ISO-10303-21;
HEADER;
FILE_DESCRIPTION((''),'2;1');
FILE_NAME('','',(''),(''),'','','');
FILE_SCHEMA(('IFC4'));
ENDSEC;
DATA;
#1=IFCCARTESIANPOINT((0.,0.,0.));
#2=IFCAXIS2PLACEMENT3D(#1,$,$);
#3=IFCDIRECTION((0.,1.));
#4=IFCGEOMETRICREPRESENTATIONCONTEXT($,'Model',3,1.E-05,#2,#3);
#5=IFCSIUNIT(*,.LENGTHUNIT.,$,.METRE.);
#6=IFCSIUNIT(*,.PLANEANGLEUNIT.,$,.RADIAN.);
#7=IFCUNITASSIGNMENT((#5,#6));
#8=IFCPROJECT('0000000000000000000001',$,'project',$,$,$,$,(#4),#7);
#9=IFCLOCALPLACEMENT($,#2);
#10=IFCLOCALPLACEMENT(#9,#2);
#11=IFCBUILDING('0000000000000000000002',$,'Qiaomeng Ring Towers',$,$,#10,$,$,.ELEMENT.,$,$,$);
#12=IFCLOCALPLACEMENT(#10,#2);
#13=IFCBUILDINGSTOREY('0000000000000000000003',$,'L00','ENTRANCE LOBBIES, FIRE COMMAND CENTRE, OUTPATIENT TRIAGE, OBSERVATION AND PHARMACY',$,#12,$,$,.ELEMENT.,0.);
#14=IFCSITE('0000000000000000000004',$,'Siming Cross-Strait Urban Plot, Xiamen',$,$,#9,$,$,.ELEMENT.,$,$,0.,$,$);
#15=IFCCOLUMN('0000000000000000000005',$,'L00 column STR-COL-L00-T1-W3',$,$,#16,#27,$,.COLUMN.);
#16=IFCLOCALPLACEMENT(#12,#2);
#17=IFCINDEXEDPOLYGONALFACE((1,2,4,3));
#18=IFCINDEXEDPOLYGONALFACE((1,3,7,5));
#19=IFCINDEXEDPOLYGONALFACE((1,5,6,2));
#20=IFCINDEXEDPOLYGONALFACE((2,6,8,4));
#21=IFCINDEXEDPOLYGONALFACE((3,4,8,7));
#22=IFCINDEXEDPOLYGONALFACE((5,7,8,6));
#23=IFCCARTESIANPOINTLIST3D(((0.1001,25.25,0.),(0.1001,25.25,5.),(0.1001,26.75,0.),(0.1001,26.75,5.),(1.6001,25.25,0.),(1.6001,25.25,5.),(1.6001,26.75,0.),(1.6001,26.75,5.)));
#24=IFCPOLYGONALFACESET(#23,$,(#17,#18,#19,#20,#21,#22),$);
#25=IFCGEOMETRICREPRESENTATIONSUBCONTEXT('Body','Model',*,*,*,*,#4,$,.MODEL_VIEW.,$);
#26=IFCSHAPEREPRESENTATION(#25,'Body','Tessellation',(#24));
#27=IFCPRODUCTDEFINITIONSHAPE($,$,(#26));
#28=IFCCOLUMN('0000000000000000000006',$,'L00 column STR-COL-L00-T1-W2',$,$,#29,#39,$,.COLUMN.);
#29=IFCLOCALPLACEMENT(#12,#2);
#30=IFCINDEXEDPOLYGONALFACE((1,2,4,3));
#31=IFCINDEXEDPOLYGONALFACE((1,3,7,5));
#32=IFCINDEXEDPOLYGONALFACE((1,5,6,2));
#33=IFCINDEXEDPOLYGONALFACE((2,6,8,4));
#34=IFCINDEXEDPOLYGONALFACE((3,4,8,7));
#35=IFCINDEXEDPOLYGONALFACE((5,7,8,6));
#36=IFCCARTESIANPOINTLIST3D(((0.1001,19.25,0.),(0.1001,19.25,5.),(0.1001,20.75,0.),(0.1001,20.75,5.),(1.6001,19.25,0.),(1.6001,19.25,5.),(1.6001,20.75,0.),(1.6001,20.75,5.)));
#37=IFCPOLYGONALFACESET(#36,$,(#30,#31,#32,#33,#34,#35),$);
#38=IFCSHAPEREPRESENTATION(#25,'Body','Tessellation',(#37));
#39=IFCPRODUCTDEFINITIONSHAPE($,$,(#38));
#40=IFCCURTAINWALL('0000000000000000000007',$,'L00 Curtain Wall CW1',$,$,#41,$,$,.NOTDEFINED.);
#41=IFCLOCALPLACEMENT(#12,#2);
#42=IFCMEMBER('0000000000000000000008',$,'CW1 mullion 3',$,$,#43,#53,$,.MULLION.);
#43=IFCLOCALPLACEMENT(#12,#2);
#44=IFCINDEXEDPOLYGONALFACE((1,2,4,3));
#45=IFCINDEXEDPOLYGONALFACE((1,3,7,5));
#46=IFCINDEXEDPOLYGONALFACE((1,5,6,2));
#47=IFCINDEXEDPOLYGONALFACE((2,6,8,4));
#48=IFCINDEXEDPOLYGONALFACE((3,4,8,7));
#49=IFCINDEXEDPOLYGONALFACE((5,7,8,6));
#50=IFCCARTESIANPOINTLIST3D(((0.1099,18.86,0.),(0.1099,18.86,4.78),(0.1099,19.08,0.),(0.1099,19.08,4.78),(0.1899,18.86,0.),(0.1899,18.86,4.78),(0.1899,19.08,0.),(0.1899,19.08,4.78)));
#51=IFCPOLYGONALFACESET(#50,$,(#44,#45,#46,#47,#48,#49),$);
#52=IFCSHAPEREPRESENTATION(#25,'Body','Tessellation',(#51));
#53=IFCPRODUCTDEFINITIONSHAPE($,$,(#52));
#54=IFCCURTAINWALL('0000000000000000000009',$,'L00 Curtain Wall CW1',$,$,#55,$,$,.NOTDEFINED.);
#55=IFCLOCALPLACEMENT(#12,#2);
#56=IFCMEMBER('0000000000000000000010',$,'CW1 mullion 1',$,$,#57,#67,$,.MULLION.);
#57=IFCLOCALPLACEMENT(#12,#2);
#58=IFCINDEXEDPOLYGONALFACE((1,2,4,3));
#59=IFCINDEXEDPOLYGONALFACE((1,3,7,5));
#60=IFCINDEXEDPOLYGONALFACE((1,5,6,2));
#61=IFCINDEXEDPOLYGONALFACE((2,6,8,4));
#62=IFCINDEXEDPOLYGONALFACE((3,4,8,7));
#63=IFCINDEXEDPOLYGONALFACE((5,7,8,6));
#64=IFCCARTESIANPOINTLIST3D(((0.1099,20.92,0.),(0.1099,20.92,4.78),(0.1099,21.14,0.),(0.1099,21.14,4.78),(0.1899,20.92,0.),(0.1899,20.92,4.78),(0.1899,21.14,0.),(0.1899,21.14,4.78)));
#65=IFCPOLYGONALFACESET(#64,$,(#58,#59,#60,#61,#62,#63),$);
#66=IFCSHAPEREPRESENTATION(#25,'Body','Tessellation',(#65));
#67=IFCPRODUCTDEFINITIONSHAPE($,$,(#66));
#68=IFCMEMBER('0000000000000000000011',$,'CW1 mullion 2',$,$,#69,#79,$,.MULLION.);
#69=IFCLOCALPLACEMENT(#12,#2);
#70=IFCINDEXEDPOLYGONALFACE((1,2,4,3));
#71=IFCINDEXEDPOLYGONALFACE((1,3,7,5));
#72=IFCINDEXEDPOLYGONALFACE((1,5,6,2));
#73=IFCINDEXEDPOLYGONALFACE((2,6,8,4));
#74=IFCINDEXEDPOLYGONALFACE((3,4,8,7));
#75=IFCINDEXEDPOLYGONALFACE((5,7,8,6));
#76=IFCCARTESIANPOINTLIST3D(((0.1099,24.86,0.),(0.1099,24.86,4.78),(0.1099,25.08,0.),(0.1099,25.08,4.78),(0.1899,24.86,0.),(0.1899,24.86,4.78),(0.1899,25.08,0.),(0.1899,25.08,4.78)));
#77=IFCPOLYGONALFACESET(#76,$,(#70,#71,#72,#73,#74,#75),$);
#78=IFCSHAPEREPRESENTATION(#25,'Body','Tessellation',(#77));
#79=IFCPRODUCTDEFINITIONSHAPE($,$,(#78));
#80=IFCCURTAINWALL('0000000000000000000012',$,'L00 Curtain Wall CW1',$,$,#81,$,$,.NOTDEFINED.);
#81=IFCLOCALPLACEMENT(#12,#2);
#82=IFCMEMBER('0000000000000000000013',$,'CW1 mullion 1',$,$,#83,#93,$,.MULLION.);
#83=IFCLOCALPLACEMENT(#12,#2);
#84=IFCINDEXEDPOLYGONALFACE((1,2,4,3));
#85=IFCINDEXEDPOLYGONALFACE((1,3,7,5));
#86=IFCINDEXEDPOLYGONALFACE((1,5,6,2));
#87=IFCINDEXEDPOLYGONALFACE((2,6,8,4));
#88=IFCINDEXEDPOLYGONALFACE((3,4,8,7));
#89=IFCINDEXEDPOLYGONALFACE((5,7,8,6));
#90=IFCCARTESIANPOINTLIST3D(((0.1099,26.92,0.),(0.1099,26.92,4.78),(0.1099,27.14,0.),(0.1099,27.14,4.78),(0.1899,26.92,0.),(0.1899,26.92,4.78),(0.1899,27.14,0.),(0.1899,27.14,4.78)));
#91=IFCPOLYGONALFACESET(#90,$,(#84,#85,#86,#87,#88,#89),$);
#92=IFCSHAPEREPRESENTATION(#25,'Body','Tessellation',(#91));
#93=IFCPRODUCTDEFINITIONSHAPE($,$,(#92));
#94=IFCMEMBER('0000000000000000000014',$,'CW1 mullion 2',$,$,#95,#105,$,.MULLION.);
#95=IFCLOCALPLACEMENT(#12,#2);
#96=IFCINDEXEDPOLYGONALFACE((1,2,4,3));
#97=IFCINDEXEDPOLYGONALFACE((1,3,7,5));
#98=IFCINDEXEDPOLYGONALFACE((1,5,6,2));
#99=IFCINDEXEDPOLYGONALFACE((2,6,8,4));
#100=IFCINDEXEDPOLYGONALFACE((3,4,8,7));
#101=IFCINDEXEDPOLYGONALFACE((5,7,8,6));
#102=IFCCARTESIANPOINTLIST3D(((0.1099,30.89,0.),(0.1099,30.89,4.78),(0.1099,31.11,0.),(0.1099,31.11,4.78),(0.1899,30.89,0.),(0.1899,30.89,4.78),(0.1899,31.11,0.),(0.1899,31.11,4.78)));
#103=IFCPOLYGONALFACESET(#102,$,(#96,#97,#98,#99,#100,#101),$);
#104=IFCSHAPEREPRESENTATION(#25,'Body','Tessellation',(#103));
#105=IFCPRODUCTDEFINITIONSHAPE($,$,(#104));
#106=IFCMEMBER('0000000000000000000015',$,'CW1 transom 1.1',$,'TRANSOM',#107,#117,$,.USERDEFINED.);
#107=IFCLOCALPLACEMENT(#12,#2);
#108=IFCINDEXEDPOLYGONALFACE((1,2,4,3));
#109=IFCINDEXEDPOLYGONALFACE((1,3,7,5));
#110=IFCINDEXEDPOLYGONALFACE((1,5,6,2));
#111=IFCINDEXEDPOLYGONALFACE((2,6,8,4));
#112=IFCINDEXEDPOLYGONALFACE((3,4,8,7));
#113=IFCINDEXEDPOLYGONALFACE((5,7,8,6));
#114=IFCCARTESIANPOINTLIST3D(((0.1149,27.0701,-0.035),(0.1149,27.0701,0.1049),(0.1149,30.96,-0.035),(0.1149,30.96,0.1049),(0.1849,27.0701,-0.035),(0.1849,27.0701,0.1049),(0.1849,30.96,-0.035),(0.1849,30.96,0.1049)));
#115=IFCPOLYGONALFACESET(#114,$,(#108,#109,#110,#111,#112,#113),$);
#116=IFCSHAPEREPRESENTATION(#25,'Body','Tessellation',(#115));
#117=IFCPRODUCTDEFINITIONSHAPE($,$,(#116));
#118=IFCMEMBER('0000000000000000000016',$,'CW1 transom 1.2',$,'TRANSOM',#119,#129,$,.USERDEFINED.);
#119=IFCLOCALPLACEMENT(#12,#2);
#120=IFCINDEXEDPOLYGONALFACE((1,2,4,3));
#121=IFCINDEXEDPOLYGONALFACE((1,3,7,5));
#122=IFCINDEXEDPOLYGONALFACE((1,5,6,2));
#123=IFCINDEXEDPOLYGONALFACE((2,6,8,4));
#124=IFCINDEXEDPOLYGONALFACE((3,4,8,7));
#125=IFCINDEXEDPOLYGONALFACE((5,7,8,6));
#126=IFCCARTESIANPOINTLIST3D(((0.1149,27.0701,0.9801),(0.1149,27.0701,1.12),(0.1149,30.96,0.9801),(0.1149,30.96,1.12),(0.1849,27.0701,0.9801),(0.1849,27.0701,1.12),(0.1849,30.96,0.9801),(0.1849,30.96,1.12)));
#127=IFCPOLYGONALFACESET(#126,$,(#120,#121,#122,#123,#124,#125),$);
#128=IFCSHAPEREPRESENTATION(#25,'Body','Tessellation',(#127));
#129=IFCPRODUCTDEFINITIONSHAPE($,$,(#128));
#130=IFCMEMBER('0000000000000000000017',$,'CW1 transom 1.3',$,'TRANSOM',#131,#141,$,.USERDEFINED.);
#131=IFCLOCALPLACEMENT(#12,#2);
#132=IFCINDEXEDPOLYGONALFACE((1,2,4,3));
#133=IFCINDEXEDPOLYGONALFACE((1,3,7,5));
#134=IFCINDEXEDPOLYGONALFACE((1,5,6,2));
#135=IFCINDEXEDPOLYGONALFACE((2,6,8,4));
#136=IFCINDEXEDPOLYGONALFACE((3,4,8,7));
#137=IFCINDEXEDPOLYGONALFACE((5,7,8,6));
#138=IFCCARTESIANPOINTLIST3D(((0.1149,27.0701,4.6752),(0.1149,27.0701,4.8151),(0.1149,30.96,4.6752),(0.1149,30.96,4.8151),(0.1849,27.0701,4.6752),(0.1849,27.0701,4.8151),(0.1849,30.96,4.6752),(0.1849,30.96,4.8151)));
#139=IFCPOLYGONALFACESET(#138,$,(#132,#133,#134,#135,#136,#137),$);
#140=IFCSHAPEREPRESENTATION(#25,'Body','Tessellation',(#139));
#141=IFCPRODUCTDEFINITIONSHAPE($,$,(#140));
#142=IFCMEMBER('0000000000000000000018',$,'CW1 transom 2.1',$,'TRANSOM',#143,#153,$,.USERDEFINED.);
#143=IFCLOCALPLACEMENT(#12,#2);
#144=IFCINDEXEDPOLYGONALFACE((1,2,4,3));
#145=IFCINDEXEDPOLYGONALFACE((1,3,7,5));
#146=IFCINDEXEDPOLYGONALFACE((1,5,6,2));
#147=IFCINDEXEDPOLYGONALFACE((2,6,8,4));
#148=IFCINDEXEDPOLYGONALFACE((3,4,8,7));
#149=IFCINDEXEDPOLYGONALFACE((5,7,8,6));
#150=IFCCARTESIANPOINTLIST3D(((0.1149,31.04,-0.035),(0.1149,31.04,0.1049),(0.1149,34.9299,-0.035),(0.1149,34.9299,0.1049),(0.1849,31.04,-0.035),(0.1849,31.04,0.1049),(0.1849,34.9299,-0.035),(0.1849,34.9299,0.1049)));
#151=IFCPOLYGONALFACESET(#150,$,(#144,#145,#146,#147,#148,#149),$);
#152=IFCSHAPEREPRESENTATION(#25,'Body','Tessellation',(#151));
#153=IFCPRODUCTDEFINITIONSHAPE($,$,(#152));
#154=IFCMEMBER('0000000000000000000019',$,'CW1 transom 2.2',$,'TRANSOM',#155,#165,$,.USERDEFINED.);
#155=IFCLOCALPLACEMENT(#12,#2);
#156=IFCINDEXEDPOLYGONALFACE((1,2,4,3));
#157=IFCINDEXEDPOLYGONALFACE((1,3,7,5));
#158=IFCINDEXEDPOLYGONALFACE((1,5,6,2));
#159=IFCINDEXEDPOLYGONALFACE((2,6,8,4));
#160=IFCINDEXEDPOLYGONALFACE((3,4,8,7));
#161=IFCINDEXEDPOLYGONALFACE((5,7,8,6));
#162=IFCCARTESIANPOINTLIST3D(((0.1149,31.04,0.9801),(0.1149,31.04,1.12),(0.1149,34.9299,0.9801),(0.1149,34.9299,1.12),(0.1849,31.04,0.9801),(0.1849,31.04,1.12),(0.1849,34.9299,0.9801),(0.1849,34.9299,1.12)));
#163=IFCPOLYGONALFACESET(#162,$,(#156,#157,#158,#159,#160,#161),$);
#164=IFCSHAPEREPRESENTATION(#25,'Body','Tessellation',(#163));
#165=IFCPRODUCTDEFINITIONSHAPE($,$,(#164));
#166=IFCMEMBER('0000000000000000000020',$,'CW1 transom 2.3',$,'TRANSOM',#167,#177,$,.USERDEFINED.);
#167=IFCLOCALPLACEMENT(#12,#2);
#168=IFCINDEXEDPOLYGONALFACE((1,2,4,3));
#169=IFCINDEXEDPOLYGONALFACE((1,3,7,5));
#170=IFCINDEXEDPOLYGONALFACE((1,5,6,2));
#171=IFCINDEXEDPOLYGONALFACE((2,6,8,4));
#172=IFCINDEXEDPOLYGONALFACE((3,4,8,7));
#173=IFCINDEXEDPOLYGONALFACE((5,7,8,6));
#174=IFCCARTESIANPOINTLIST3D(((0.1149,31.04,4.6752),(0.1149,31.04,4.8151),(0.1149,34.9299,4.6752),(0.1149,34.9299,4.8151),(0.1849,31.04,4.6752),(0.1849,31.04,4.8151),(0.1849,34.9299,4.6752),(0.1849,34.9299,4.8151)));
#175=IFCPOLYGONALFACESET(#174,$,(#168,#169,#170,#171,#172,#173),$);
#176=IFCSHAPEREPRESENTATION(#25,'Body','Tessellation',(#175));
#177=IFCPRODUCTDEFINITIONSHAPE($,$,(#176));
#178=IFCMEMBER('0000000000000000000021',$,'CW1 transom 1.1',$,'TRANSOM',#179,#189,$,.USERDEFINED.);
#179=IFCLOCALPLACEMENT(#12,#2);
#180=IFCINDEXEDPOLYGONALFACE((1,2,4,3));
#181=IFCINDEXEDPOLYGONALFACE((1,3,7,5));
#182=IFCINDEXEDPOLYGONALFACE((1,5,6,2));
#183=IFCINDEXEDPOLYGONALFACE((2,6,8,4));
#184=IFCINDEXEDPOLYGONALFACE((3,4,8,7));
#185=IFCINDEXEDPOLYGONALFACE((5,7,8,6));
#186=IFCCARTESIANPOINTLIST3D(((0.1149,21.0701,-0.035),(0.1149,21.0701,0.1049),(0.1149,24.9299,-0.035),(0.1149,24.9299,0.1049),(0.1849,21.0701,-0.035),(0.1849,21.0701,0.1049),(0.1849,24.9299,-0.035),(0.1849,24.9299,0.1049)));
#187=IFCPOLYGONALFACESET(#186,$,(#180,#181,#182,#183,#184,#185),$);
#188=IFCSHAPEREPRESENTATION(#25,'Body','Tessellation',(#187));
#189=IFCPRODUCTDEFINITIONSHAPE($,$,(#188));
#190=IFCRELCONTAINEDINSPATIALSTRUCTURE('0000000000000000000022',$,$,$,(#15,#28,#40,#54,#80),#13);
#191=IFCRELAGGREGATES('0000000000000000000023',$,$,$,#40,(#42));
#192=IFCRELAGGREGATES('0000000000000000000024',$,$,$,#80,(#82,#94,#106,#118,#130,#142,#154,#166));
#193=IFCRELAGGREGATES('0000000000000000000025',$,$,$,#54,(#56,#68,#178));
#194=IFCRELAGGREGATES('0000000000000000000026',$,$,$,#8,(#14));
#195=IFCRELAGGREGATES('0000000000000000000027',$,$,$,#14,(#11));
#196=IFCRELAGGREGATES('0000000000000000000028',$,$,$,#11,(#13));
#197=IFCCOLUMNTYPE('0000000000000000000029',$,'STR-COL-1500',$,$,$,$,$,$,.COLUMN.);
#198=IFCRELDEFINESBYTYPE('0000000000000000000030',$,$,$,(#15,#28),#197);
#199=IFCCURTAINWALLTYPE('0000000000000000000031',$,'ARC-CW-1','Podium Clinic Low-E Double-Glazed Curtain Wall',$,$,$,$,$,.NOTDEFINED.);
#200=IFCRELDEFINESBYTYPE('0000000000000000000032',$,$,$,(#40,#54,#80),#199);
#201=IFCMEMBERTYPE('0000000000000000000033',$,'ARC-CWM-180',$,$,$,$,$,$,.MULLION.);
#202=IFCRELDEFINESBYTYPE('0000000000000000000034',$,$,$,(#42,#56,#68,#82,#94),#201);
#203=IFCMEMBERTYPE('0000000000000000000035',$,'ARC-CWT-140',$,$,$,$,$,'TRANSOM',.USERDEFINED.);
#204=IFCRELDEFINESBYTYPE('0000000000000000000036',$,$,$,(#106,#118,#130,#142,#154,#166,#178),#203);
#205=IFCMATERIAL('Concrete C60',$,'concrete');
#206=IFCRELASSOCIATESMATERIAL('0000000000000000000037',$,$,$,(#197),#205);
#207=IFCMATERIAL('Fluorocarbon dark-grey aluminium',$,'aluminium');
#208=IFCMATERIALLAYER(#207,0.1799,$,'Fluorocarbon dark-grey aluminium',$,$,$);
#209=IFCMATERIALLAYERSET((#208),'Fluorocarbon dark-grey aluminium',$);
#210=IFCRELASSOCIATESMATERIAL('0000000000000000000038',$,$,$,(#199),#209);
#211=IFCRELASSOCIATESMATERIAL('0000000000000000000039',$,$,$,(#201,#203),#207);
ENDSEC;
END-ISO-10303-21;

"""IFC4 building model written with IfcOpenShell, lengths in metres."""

from ifc_helpers import new_model, si_unit, direction, frame, origin, origin_2d, place, context, subcontext, project, spatial, rectangle, extrude, source, transform, mapped, material, layer, layer_set, material_profile, profile_set, type_object, element, aggregate, save


model = new_model("IFC4")

# Units and contexts
model_context = context("Model", 3, precision=1e-05, world=origin(), true_north=direction((0.0, 1.0)))
body_context = subcontext(model_context, "Body", "Model", "MODEL_VIEW")
ifc_project = project(units=[si_unit("LENGTHUNIT", "METRE"), si_unit("PLANEANGLEUNIT", "RADIAN")], contexts=[model_context])

# Site, building, storey
site_placement = place(None, origin())
site = spatial("IfcSite", under=ifc_project, at=site_placement, Name="Siming Cross-Strait Urban Plot, Xiamen", CompositionType="ELEMENT", RefElevation=0.0)
building_placement = place(site_placement, origin())
building = spatial("IfcBuilding", under=site, at=building_placement, Name="Qiaomeng Ring Towers", CompositionType="ELEMENT")
storey_placement = place(building_placement, origin())
storey = spatial("IfcBuildingStorey", under=building, at=storey_placement, Name="L00", Description="ENTRANCE LOBBIES, FIRE COMMAND CENTRE, OUTPATIENT TRIAGE, OBSERVATION AND PHARMACY", CompositionType="ELEMENT", Elevation=0.0)

# Columns
ifc_material_1 = material(Name="Concrete C60", Category="concrete")
ifc_material_profile_1 = material_profile(ifc_material_1, rectangle(XDim=1.5, YDim=1.5, at=origin_2d()), Name="RC COL 1500x1500")
ifc_profile_set_1 = profile_set([ifc_material_profile_1], Name="Concrete C60")
column_type = type_object("IfcColumnType", Name="STR-COL-1500", PredefinedType="COLUMN", material=ifc_profile_set_1)
shared_shape_1 = source(origin(), body_context, "Body", "SweptSolid", [
    extrude(rectangle(XDim=1.5, YDim=1.5, at=origin_2d()), origin(), (0.0, 0.0, 1.0), 5.0),
])
for number, where, z_axis, x_axis, name in (
    (1, (0.8501, 26.0, 0.0), (0.0, 0.0, 1.0), (1.0, 0.0, 0.0), "L00 column STR-COL-L00-T1-W3"),
    (2, (0.8501, 20.0, 0.0), (0.0, 0.0, 1.0), (1.0, 0.0, 0.0), "L00 column STR-COL-L00-T1-W2"),
):
    element("IfcColumn", number, at=place(storey_placement, frame(where, z_axis=z_axis, x_axis=x_axis)), inside=storey, type_object=column_type, Name=name, PredefinedType="COLUMN", context=body_context, shape_type="MappedRepresentation", body=[
        mapped(shared_shape_1, transform((0.0, 0.0, 0.0), x_axis=(1.0, 0.0, 0.0), y_axis=(0.0, 1.0, 0.0), z_axis=(0.0, 0.0, 1.0), scale=1.0)),
    ])

# Curtain wall, member
ifc_material_2 = material(Name="Fluorocarbon dark-grey aluminium", Category="aluminium")
ifc_layer_1 = layer(ifc_material_2, 0.1799, Name="Fluorocarbon dark-grey aluminium")
ifc_layer_set_1 = layer_set([ifc_layer_1], Name="Fluorocarbon dark-grey aluminium")
curtain_wall_type = type_object("IfcCurtainWallType", Name="ARC-CW-1", Description="Podium Clinic Low-E Double-Glazed Curtain Wall", PredefinedType="NOTDEFINED", material=ifc_layer_set_1)
curtain_wall_1_placement = place(storey_placement, origin())
curtain_wall_1 = element("IfcCurtainWall", 3, at=curtain_wall_1_placement, inside=storey, type_object=curtain_wall_type, Name="L00 Curtain Wall CW1", PredefinedType="NOTDEFINED")
ifc_material_profile_2 = material_profile(ifc_material_2, rectangle(XDim=0.0801, YDim=0.22, at=origin_2d()), Name="ALU MULL 80x220")
ifc_profile_set_2 = profile_set([ifc_material_profile_2], Name="Fluorocarbon dark-grey aluminium")
member_type_1 = type_object("IfcMemberType", Name="ARC-CWM-180", PredefinedType="MULLION", material=ifc_profile_set_2)
shared_shape_2 = source(origin(), body_context, "Body", "SweptSolid", [
    extrude(rectangle(XDim=0.0801, YDim=0.22, at=origin_2d()), origin(), (0.0, 0.0, 1.0), 4.78),
])
member_1_placement = place(storey_placement, frame((0.1499, 18.97, 0.0), z_axis=(0.0, 0.0, 1.0), x_axis=(-1.0, 0.0, 0.0)))
member_1 = element("IfcMember", 4, at=member_1_placement, type_object=member_type_1, Name="CW1 mullion 3", PredefinedType="MULLION", context=body_context, shape_type="MappedRepresentation", body=[
    mapped(shared_shape_2, transform((0.0, 0.0, 0.0), x_axis=(1.0, 0.0, 0.0), y_axis=(0.0, 1.0, 0.0), z_axis=(0.0, 0.0, 1.0), scale=1.0)),
])

# Curtain walls, members
curtain_wall_2_placement = place(storey_placement, origin())
curtain_wall_2 = element("IfcCurtainWall", 5, at=curtain_wall_2_placement, inside=storey, type_object=curtain_wall_type, Name="L00 Curtain Wall CW1", PredefinedType="NOTDEFINED")
member_2_placement = place(storey_placement, frame((0.1499, 21.03, 0.0), z_axis=(0.0, 0.0, 1.0), x_axis=(-1.0, 0.0, 0.0)))
member_2 = element("IfcMember", 6, at=member_2_placement, type_object=member_type_1, Name="CW1 mullion 1", PredefinedType="MULLION", context=body_context, shape_type="MappedRepresentation", body=[
    mapped(shared_shape_2, transform((0.0, 0.0, 0.0), x_axis=(1.0, 0.0, 0.0), y_axis=(0.0, 1.0, 0.0), z_axis=(0.0, 0.0, 1.0), scale=1.0)),
])
member_3_placement = place(storey_placement, frame((0.1499, 24.97, 0.0), z_axis=(0.0, 0.0, 1.0), x_axis=(-1.0, 0.0, 0.0)))
member_3 = element("IfcMember", 7, at=member_3_placement, type_object=member_type_1, Name="CW1 mullion 2", PredefinedType="MULLION", context=body_context, shape_type="MappedRepresentation", body=[
    mapped(shared_shape_2, transform((0.0, 0.0, 0.0), x_axis=(1.0, 0.0, 0.0), y_axis=(0.0, 1.0, 0.0), z_axis=(0.0, 0.0, 1.0), scale=1.0)),
])
curtain_wall_3_placement = place(storey_placement, origin())
curtain_wall_3 = element("IfcCurtainWall", 8, at=curtain_wall_3_placement, inside=storey, type_object=curtain_wall_type, Name="L00 Curtain Wall CW1", PredefinedType="NOTDEFINED")
member_4_placement = place(storey_placement, frame((0.1499, 27.03, 0.0), z_axis=(0.0, 0.0, 1.0), x_axis=(-1.0, 0.0, 0.0)))
member_4 = element("IfcMember", 9, at=member_4_placement, type_object=member_type_1, Name="CW1 mullion 1", PredefinedType="MULLION", context=body_context, shape_type="MappedRepresentation", body=[
    mapped(shared_shape_2, transform((0.0, 0.0, 0.0), x_axis=(1.0, 0.0, 0.0), y_axis=(0.0, 1.0, 0.0), z_axis=(0.0, 0.0, 1.0), scale=1.0)),
])
member_5_placement = place(storey_placement, frame((0.1499, 31.0, 0.0), z_axis=(0.0, 0.0, 1.0), x_axis=(-1.0, 0.0, 0.0)))
member_5 = element("IfcMember", 10, at=member_5_placement, type_object=member_type_1, Name="CW1 mullion 2", PredefinedType="MULLION", context=body_context, shape_type="MappedRepresentation", body=[
    mapped(shared_shape_2, transform((0.0, 0.0, 0.0), x_axis=(1.0, 0.0, 0.0), y_axis=(0.0, 1.0, 0.0), z_axis=(0.0, 0.0, 1.0), scale=1.0)),
])
ifc_material_profile_3 = material_profile(ifc_material_2, rectangle(XDim=0.0701, YDim=0.1399, at=origin_2d()), Name="ALU TRAN 70x140")
ifc_profile_set_3 = profile_set([ifc_material_profile_3], Name="Fluorocarbon dark-grey aluminium")
member_type_2 = type_object("IfcMemberType", Name="ARC-CWT-140", ElementType="TRANSOM", PredefinedType="USERDEFINED", material=ifc_profile_set_3)
shared_shape_3 = source(origin(), body_context, "Body", "SweptSolid", [
    extrude(rectangle(XDim=0.0701, YDim=0.1399, at=origin_2d()), origin(), (0.0, 0.0, 1.0), 3.8899),
])
member_6_placement = place(storey_placement, frame((0.1499, 27.0701, 0.0349), z_axis=(0.0, 1.0, 0.0), x_axis=(-1.0, 0.0, 0.0)))
member_6 = element("IfcMember", 11, at=member_6_placement, type_object=member_type_2, Name="CW1 transom 1.1", ObjectType="TRANSOM", PredefinedType="USERDEFINED", context=body_context, shape_type="MappedRepresentation", body=[
    mapped(shared_shape_3, transform((0.0, 0.0, 0.0), x_axis=(1.0, 0.0, 0.0), y_axis=(0.0, 1.0, 0.0), z_axis=(0.0, 0.0, 1.0), scale=1.0)),
])
member_7_placement = place(storey_placement, frame((0.1499, 27.0701, 1.05), z_axis=(0.0, 1.0, 0.0), x_axis=(-1.0, 0.0, 0.0)))
member_7 = element("IfcMember", 12, at=member_7_placement, type_object=member_type_2, Name="CW1 transom 1.2", ObjectType="TRANSOM", PredefinedType="USERDEFINED", context=body_context, shape_type="MappedRepresentation", body=[
    mapped(shared_shape_3, transform((0.0, 0.0, 0.0), x_axis=(1.0, 0.0, 0.0), y_axis=(0.0, 1.0, 0.0), z_axis=(0.0, 0.0, 1.0), scale=1.0)),
])
member_8_placement = place(storey_placement, frame((0.1499, 27.0701, 4.7451), z_axis=(0.0, 1.0, 0.0), x_axis=(-1.0, 0.0, 0.0)))
member_8 = element("IfcMember", 13, at=member_8_placement, type_object=member_type_2, Name="CW1 transom 1.3", ObjectType="TRANSOM", PredefinedType="USERDEFINED", context=body_context, shape_type="MappedRepresentation", body=[
    mapped(shared_shape_3, transform((0.0, 0.0, 0.0), x_axis=(1.0, 0.0, 0.0), y_axis=(0.0, 1.0, 0.0), z_axis=(0.0, 0.0, 1.0), scale=1.0)),
])
member_9_placement = place(storey_placement, frame((0.1499, 31.04, 0.0349), z_axis=(0.0, 1.0, 0.0), x_axis=(-1.0, 0.0, 0.0)))
member_9 = element("IfcMember", 14, at=member_9_placement, type_object=member_type_2, Name="CW1 transom 2.1", ObjectType="TRANSOM", PredefinedType="USERDEFINED", context=body_context, shape_type="MappedRepresentation", body=[
    mapped(shared_shape_3, transform((0.0, 0.0, 0.0), x_axis=(1.0, 0.0, 0.0), y_axis=(0.0, 1.0, 0.0), z_axis=(0.0, 0.0, 1.0), scale=1.0)),
])
member_10_placement = place(storey_placement, frame((0.1499, 31.04, 1.05), z_axis=(0.0, 1.0, 0.0), x_axis=(-1.0, 0.0, 0.0)))
member_10 = element("IfcMember", 15, at=member_10_placement, type_object=member_type_2, Name="CW1 transom 2.2", ObjectType="TRANSOM", PredefinedType="USERDEFINED", context=body_context, shape_type="MappedRepresentation", body=[
    mapped(shared_shape_3, transform((0.0, 0.0, 0.0), x_axis=(1.0, 0.0, 0.0), y_axis=(0.0, 1.0, 0.0), z_axis=(0.0, 0.0, 1.0), scale=1.0)),
])
member_11_placement = place(storey_placement, frame((0.1499, 31.04, 4.7451), z_axis=(0.0, 1.0, 0.0), x_axis=(-1.0, 0.0, 0.0)))
member_11 = element("IfcMember", 16, at=member_11_placement, type_object=member_type_2, Name="CW1 transom 2.3", ObjectType="TRANSOM", PredefinedType="USERDEFINED", context=body_context, shape_type="MappedRepresentation", body=[
    mapped(shared_shape_3, transform((0.0, 0.0, 0.0), x_axis=(1.0, 0.0, 0.0), y_axis=(0.0, 1.0, 0.0), z_axis=(0.0, 0.0, 1.0), scale=1.0)),
])

# Member
shared_shape_4 = source(origin(), body_context, "Body", "SweptSolid", [
    extrude(rectangle(XDim=0.0701, YDim=0.1399, at=origin_2d()), origin(), (0.0, 0.0, 1.0), 3.8599),
])
member_12_placement = place(storey_placement, frame((0.1499, 21.0701, 0.0349), z_axis=(0.0, 1.0, 0.0), x_axis=(-1.0, 0.0, 0.0)))
member_12 = element("IfcMember", 17, at=member_12_placement, type_object=member_type_2, Name="CW1 transom 1.1", ObjectType="TRANSOM", PredefinedType="USERDEFINED", context=body_context, shape_type="MappedRepresentation", body=[
    mapped(shared_shape_4, transform((0.0, 0.0, 0.0), x_axis=(1.0, 0.0, 0.0), y_axis=(0.0, 1.0, 0.0), z_axis=(0.0, 0.0, 1.0), scale=1.0)),
])

aggregate(curtain_wall_1, [member_1])
aggregate(curtain_wall_3, [member_4, member_5, member_6, member_7, member_8, member_9, member_10, member_11])
aggregate(curtain_wall_2, [member_2, member_3, member_12])

save(model, "model.ifc")
